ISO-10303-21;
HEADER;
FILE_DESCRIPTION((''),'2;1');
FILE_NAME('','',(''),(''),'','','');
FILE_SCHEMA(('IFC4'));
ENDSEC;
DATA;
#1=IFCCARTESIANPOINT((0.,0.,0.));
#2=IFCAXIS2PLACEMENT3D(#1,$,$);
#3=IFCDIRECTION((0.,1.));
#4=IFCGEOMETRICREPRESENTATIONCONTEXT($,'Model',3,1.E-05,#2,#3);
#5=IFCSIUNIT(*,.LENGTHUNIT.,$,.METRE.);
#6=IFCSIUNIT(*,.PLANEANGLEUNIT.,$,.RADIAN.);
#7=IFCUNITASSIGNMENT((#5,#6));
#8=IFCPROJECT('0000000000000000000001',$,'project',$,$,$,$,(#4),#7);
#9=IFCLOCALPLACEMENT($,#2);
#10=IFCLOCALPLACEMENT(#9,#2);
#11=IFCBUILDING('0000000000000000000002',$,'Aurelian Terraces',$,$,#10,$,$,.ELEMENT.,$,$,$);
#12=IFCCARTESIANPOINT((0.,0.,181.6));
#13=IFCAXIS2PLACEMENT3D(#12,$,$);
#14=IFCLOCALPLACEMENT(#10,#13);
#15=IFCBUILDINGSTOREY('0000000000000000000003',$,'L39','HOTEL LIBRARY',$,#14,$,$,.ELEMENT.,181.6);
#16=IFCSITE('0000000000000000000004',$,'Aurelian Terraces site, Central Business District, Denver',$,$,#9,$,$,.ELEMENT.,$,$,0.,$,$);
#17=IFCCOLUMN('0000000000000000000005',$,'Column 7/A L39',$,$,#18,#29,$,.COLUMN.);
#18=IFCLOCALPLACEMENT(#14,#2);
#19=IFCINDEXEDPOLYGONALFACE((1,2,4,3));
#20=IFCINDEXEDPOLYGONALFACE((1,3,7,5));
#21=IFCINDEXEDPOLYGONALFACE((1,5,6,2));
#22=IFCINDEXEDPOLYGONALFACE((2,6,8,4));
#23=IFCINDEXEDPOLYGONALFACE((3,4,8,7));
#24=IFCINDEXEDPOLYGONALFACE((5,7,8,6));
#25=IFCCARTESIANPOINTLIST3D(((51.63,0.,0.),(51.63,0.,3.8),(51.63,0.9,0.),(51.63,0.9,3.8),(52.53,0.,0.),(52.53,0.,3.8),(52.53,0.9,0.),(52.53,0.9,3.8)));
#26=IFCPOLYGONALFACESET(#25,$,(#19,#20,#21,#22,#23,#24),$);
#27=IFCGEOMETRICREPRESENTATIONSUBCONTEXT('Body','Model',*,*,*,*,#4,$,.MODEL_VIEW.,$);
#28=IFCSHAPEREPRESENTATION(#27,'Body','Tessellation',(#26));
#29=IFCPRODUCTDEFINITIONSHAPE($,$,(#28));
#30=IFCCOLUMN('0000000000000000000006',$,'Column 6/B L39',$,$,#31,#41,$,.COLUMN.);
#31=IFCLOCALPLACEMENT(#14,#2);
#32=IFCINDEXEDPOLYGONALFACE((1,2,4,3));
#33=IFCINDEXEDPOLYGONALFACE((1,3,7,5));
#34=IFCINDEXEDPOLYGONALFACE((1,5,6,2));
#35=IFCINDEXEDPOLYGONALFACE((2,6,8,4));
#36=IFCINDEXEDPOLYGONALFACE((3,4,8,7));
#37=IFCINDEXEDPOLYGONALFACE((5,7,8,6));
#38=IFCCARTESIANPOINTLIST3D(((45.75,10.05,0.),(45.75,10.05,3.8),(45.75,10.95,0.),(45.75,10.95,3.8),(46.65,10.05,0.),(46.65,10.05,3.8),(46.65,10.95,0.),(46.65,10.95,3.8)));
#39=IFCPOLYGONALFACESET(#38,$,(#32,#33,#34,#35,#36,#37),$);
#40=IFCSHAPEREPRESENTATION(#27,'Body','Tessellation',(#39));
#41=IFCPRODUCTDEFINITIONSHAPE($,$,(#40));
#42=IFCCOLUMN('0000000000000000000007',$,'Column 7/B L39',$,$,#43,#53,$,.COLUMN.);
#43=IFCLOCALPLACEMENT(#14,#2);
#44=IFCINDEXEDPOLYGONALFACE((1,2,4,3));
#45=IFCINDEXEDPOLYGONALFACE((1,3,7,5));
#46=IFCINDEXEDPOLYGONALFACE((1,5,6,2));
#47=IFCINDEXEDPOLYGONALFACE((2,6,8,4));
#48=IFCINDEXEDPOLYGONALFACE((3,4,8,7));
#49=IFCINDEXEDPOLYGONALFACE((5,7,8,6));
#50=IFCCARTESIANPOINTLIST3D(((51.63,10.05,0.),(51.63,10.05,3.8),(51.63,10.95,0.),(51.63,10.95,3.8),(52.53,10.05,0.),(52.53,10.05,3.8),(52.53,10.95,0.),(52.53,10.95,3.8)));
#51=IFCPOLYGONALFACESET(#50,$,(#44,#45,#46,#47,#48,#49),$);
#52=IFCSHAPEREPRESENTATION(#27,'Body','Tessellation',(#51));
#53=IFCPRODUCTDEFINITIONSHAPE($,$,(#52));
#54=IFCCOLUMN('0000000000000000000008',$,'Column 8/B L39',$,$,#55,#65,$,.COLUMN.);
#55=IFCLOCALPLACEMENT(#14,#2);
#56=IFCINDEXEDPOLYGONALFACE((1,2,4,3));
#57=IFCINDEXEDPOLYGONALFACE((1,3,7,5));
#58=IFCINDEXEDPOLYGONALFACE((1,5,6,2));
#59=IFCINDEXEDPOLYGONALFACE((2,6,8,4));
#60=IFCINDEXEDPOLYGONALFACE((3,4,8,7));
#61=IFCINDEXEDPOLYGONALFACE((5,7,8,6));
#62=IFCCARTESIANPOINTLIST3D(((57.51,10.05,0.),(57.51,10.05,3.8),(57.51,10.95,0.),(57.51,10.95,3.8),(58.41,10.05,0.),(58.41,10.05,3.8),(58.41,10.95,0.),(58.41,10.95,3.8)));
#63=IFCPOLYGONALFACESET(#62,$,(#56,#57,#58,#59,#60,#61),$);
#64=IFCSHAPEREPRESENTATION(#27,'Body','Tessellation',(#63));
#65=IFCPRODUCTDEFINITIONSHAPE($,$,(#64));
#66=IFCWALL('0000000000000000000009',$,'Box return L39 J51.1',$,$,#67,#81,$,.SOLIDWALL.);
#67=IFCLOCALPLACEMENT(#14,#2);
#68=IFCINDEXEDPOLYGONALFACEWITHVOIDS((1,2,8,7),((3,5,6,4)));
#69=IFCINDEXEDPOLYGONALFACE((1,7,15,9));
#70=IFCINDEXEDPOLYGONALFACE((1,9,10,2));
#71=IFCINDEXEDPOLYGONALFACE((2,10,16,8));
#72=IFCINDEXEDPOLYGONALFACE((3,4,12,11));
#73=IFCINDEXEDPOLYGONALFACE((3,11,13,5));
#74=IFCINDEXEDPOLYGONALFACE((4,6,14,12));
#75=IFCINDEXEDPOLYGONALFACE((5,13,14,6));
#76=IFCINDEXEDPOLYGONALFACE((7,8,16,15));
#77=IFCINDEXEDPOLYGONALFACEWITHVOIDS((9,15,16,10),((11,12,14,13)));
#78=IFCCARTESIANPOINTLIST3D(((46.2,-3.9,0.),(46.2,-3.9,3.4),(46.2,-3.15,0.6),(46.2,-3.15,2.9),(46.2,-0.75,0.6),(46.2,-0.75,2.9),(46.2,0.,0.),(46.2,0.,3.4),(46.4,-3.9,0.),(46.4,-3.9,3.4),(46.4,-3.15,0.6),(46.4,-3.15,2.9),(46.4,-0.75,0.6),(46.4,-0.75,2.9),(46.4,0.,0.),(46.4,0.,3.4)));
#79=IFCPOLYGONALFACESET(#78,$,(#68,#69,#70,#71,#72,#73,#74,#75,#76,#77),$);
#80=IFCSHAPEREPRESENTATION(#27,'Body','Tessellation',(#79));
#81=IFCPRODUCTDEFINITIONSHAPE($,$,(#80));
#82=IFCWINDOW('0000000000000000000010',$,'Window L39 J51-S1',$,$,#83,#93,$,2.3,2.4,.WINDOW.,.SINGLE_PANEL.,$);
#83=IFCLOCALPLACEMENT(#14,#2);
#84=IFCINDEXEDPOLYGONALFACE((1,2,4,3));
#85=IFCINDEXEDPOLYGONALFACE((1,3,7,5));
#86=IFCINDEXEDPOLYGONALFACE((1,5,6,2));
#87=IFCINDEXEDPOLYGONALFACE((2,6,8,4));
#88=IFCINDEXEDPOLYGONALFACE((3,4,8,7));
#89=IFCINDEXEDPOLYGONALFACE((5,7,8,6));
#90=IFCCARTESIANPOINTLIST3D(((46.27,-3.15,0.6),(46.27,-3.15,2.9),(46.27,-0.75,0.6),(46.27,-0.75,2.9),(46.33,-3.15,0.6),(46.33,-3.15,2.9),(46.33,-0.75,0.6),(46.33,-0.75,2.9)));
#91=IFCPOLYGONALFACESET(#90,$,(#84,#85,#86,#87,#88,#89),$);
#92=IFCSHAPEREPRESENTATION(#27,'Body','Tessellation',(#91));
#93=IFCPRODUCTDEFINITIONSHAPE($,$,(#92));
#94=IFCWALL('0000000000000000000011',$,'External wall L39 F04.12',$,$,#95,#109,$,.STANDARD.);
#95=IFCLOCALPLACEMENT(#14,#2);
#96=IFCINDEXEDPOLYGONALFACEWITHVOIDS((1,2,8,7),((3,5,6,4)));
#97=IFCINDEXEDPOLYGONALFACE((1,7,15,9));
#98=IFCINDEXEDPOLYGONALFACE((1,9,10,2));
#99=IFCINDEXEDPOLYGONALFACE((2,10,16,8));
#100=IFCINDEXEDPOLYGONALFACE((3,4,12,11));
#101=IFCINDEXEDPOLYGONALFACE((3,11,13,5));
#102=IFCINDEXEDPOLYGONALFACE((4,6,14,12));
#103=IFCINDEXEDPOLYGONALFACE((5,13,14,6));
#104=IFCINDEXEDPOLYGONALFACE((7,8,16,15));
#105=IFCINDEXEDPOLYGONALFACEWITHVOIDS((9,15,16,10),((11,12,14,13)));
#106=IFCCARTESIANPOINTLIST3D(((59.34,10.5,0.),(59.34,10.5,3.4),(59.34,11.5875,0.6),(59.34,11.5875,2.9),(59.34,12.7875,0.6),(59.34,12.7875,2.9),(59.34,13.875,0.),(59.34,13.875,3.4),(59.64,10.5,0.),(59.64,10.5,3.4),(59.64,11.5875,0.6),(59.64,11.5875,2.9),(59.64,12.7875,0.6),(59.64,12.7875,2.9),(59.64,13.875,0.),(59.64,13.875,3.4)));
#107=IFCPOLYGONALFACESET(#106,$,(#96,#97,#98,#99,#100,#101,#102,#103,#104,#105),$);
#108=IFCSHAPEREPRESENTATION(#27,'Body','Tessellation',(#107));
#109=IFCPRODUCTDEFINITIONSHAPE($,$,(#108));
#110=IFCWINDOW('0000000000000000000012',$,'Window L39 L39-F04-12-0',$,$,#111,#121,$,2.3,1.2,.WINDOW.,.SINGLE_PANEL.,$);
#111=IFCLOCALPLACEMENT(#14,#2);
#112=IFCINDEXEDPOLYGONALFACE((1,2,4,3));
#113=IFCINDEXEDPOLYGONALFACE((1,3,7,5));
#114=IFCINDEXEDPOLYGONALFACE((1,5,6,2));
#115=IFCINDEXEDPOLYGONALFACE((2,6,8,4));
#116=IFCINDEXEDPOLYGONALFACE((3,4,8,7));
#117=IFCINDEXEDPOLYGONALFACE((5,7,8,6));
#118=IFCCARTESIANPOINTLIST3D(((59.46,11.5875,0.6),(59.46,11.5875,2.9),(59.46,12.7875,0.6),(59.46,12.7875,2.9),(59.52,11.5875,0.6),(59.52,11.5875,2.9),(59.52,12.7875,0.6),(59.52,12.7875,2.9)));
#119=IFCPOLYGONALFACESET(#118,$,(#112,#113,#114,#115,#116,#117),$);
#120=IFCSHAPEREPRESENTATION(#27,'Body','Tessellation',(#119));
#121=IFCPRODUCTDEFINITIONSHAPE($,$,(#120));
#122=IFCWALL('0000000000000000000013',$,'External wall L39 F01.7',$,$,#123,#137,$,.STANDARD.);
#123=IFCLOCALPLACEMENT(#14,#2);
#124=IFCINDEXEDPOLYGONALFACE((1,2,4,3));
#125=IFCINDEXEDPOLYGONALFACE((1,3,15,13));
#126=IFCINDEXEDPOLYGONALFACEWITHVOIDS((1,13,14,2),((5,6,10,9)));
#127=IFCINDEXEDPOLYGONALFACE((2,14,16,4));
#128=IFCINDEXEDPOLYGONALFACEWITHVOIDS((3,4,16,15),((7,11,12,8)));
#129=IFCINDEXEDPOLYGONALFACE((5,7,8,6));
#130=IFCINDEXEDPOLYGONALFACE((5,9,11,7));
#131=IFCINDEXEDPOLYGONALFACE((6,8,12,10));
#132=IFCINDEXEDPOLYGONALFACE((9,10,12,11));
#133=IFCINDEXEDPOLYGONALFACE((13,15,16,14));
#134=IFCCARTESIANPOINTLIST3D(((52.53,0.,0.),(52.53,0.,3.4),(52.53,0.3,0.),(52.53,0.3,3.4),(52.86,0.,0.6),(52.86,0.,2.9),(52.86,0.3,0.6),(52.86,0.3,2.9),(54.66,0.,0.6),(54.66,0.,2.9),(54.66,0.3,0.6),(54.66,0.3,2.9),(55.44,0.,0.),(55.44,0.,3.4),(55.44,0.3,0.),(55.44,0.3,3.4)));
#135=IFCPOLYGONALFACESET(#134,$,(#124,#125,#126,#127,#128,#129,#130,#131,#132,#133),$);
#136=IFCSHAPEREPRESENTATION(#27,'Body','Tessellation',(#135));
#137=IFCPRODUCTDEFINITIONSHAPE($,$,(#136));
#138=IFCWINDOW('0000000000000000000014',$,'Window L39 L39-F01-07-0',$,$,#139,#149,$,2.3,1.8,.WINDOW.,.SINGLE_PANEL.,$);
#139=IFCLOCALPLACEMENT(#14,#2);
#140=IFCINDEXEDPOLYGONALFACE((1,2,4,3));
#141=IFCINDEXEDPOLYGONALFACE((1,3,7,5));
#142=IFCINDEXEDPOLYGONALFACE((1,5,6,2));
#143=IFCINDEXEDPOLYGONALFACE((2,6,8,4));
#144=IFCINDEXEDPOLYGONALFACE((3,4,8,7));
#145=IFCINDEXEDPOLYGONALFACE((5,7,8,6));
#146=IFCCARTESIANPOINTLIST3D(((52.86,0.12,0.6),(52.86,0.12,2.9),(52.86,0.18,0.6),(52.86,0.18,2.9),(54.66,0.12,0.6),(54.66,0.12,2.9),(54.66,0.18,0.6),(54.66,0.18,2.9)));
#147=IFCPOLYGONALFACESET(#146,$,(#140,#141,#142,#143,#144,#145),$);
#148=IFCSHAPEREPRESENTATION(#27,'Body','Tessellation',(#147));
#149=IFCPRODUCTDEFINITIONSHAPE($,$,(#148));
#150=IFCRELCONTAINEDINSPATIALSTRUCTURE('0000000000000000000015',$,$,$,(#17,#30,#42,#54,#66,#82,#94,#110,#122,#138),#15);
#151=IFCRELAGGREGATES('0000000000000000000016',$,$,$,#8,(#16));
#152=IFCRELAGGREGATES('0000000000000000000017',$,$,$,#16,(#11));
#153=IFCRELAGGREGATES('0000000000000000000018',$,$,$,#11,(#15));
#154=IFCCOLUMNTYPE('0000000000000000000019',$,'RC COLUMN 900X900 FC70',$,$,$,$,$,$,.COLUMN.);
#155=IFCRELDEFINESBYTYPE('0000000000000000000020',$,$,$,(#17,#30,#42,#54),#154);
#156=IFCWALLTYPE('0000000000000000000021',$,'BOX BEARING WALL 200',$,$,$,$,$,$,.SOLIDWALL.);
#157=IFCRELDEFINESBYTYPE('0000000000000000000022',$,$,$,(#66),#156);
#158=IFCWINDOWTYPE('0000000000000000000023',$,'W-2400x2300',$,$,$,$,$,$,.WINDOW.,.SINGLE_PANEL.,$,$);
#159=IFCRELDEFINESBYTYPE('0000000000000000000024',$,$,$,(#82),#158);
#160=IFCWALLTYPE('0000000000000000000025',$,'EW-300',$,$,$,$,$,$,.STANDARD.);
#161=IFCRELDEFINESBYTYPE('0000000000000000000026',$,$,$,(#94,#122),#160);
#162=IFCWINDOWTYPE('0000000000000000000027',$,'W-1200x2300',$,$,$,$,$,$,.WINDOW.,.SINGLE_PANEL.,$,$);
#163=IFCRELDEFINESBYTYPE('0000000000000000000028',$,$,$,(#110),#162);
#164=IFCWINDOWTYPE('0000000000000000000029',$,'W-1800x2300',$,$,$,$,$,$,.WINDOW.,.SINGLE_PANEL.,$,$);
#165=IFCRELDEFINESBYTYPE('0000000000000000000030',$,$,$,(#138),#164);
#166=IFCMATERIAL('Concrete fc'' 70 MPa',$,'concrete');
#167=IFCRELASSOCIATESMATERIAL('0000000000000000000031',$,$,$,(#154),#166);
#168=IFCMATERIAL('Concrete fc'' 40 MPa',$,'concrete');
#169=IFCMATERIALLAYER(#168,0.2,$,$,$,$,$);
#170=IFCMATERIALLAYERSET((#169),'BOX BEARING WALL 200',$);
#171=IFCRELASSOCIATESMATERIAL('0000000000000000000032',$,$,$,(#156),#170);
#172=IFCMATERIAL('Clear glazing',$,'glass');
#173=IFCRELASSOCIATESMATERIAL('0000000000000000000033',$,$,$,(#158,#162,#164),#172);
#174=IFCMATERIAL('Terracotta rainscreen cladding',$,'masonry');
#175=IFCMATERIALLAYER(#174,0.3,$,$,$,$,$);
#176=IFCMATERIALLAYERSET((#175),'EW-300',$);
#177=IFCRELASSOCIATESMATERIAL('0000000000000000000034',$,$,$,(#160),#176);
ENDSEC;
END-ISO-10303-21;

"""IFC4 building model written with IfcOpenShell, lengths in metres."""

from ifc_helpers import new_model, si_unit, direction, frame, frame_2d, origin, origin_2d, place, context, subcontext, project, spatial, rectangle, extrude, source, transform, mapped, material, layer, layer_set, material_profile, profile_set, type_object, element, fill, save


model = new_model("IFC4")

# Units and contexts
model_context = context("Model", 3, precision=1e-05, world=origin(), true_north=direction((0.0, 1.0)))
body_context = subcontext(model_context, "Body", "Model", "MODEL_VIEW")
ifc_project = project(units=[si_unit("LENGTHUNIT", "METRE"), si_unit("PLANEANGLEUNIT", "RADIAN")], contexts=[model_context])

# Site, building, storey
site_placement = place(None, origin())
site = spatial("IfcSite", under=ifc_project, at=site_placement, Name="Aurelian Terraces site, Central Business District, Denver", CompositionType="ELEMENT", RefElevation=0.0)
building_placement = place(site_placement, origin())
building = spatial("IfcBuilding", under=site, at=building_placement, Name="Aurelian Terraces", CompositionType="ELEMENT")
storey_placement = place(building_placement, frame((0.0, 0.0, 181.6)))
storey = spatial("IfcBuildingStorey", under=building, at=storey_placement, Name="L39", Description="HOTEL LIBRARY", CompositionType="ELEMENT", Elevation=181.6)

# Columns
ifc_material_1 = material(Name="Concrete fc' 70 MPa", Category="concrete")
ifc_material_profile = material_profile(ifc_material_1, rectangle(XDim=0.9, YDim=0.9, at=origin_2d()))
ifc_profile_set = profile_set([ifc_material_profile], Name="Concrete fc' 70 MPa")
column_type = type_object("IfcColumnType", Name="RC COLUMN 900X900 FC70", PredefinedType="COLUMN", material=ifc_profile_set)
shared_shape_1 = source(origin(), body_context, "Body", "SweptSolid", [
    extrude(rectangle(XDim=0.9, YDim=0.9, at=origin_2d()), origin(), (0.0, 0.0, 1.0), 3.8),
])
for number, where, z_axis, x_axis, name in (
    (1, (52.08, 0.45, 0.0), (0.0, 0.0, 1.0), (1.0, 0.0, 0.0), "Column 7/A L39"),
    (2, (46.2, 10.5, 0.0), (0.0, 0.0, 1.0), (1.0, 0.0, 0.0), "Column 6/B L39"),
    (3, (52.08, 10.5, 0.0), (0.0, 0.0, 1.0), (1.0, 0.0, 0.0), "Column 7/B L39"),
    (4, (57.96, 10.5, 0.0), (0.0, 0.0, 1.0), (1.0, 0.0, 0.0), "Column 8/B L39"),
):
    element("IfcColumn", number, at=place(storey_placement, frame(where, z_axis=z_axis, x_axis=x_axis)), inside=storey, type_object=column_type, Name=name, PredefinedType="COLUMN", context=body_context, shape_type="MappedRepresentation", body=[
        mapped(shared_shape_1, transform((0.0, 0.0, 0.0), scale=1.0)),
    ])

# Walls, openings, windows
ifc_material_2 = material(Name="Concrete fc' 40 MPa", Category="concrete")
ifc_layer_1 = layer(ifc_material_2, 0.2)
ifc_layer_set_1 = layer_set([ifc_layer_1], Name="BOX BEARING WALL 200")
wall_type_1 = type_object("IfcWallType", Name="BOX BEARING WALL 200", PredefinedType="SOLIDWALL", material=ifc_layer_set_1)
wall_1_placement = place(storey_placement, frame((46.3, 0.0, 0.0), z_axis=(0.0, 0.0, 1.0), x_axis=(0.0, -1.0, 0.0)))
wall_1 = element("IfcWall", 5, at=wall_1_placement, inside=storey, type_object=wall_type_1, Name="Box return L39 J51.1", PredefinedType="SOLIDWALL", context=body_context, shape_type="SweptSolid", body=[
    extrude(rectangle(XDim=3.9, YDim=0.2, at=frame_2d((1.95, 0.0))), origin(), (0.0, 0.0, 1.0), 3.4),
])
shared_shape_2 = source(origin(), body_context, "Body", "SweptSolid", [
    extrude(rectangle(XDim=2.4, YDim=2.3, at=frame_2d((1.2, 1.15))), frame((0.0, 0.11, 0.0), z_axis=(0.0, -1.0, 0.0), x_axis=(1.0, 0.0, 0.0)), (0.0, 0.0, 1.0), 0.22),
])
opening_1_placement = place(wall_1_placement, frame((0.75, 0.0, 0.6)))
opening_1 = element("IfcOpeningElement", 6, at=opening_1_placement, cuts=wall_1, PredefinedType="OPENING", context=body_context, shape_type="MappedRepresentation", body=[
    mapped(shared_shape_2, transform((0.0, 0.0, 0.0), scale=1.0)),
])
ifc_material_3 = material(Name="Clear glazing", Category="glass")
window_type_1 = type_object("IfcWindowType", Name="W-2400x2300", PartitioningType="SINGLE_PANEL", PredefinedType="WINDOW", material=ifc_material_3)
shared_shape_3 = source(origin(), body_context, "Body", "SweptSolid", [
    extrude(rectangle(XDim=2.4, YDim=2.3, at=frame_2d((1.2, 1.15))), frame((0.0, 0.03, 0.0), z_axis=(0.0, -1.0, 0.0), x_axis=(1.0, 0.0, 0.0)), (0.0, 0.0, 1.0), 0.06),
])
window_1_placement = place(opening_1_placement, origin())
window_1 = element("IfcWindow", 7, at=window_1_placement, inside=storey, type_object=window_type_1, Name="Window L39 J51-S1", OverallHeight=2.3, OverallWidth=2.4, PartitioningType="SINGLE_PANEL", PredefinedType="WINDOW", context=body_context, shape_type="MappedRepresentation", body=[
    mapped(shared_shape_3, transform((0.0, 0.0, 0.0), scale=1.0)),
])
fill(opening_1, window_1)
ifc_material_4 = material(Name="Terracotta rainscreen cladding", Category="masonry")
ifc_layer_2 = layer(ifc_material_4, 0.3)
ifc_layer_set_2 = layer_set([ifc_layer_2], Name="EW-300")
wall_type_2 = type_object("IfcWallType", Name="EW-300", PredefinedType="STANDARD", material=ifc_layer_set_2)
wall_2_placement = place(storey_placement, frame((59.49, 10.5, 0.0), z_axis=(0.0, 0.0, 1.0), x_axis=(0.0, 1.0, 0.0)))
wall_2 = element("IfcWall", 8, at=wall_2_placement, inside=storey, type_object=wall_type_2, Name="External wall L39 F04.12", PredefinedType="STANDARD", context=body_context, shape_type="SweptSolid", body=[
    extrude(rectangle(XDim=3.375, YDim=0.3, at=frame_2d((1.6875, 0.0))), origin(), (0.0, 0.0, 1.0), 3.4),
])
shared_shape_4 = source(origin(), body_context, "Body", "SweptSolid", [
    extrude(rectangle(XDim=1.2, YDim=2.3, at=frame_2d((0.6, 1.15))), frame((0.0, 0.16, 0.0), z_axis=(0.0, -1.0, 0.0), x_axis=(1.0, 0.0, 0.0)), (0.0, 0.0, 1.0), 0.32),
])
opening_2_placement = place(wall_2_placement, frame((1.0875, 0.0, 0.6)))
opening_2 = element("IfcOpeningElement", 9, at=opening_2_placement, cuts=wall_2, PredefinedType="OPENING", context=body_context, shape_type="MappedRepresentation", body=[
    mapped(shared_shape_4, transform((0.0, 0.0, 0.0), scale=1.0)),
])
window_type_2 = type_object("IfcWindowType", Name="W-1200x2300", PartitioningType="SINGLE_PANEL", PredefinedType="WINDOW", material=ifc_material_3)
shared_shape_5 = source(origin(), body_context, "Body", "SweptSolid", [
    extrude(rectangle(XDim=1.2, YDim=2.3, at=frame_2d((0.6, 1.15))), frame((0.0, 0.03, 0.0), z_axis=(0.0, -1.0, 0.0), x_axis=(1.0, 0.0, 0.0)), (0.0, 0.0, 1.0), 0.06),
])
window_2_placement = place(opening_2_placement, origin())
window_2 = element("IfcWindow", 10, at=window_2_placement, inside=storey, type_object=window_type_2, Name="Window L39 L39-F04-12-0", OverallHeight=2.3, OverallWidth=1.2, PartitioningType="SINGLE_PANEL", PredefinedType="WINDOW", context=body_context, shape_type="MappedRepresentation", body=[
    mapped(shared_shape_5, transform((0.0, 0.0, 0.0), scale=1.0)),
])
fill(opening_2, window_2)
shared_shape_6 = source(origin(), body_context, "Body", "SweptSolid", [
    extrude(rectangle(XDim=2.91, YDim=0.3, at=frame_2d((1.455, 0.0))), origin(), (0.0, 0.0, 1.0), 3.4),
])
wall_3_placement = place(storey_placement, frame((52.53, 0.15, 0.0), z_axis=(0.0, 0.0, 1.0), x_axis=(1.0, 0.0, 0.0)))
wall_3 = element("IfcWall", 11, at=wall_3_placement, inside=storey, type_object=wall_type_2, Name="External wall L39 F01.7", PredefinedType="STANDARD", context=body_context, shape_type="MappedRepresentation", body=[
    mapped(shared_shape_6, transform((0.0, 0.0, 0.0), scale=1.0)),
])
shared_shape_7 = source(origin(), body_context, "Body", "SweptSolid", [
    extrude(rectangle(XDim=1.8, YDim=2.3, at=frame_2d((0.9, 1.15))), frame((0.0, 0.16, 0.0), z_axis=(0.0, -1.0, 0.0), x_axis=(1.0, 0.0, 0.0)), (0.0, 0.0, 1.0), 0.32),
])
opening_3_placement = place(wall_3_placement, frame((0.33, 0.0, 0.6)))
opening_3 = element("IfcOpeningElement", 12, at=opening_3_placement, cuts=wall_3, PredefinedType="OPENING", context=body_context, shape_type="MappedRepresentation", body=[
    mapped(shared_shape_7, transform((0.0, 0.0, 0.0), scale=1.0)),
])
window_type_3 = type_object("IfcWindowType", Name="W-1800x2300", PartitioningType="SINGLE_PANEL", PredefinedType="WINDOW", material=ifc_material_3)
shared_shape_8 = source(origin(), body_context, "Body", "SweptSolid", [
    extrude(rectangle(XDim=1.8, YDim=2.3, at=frame_2d((0.9, 1.15))), frame((0.0, 0.03, 0.0), z_axis=(0.0, -1.0, 0.0), x_axis=(1.0, 0.0, 0.0)), (0.0, 0.0, 1.0), 0.06),
])
window_3_placement = place(opening_3_placement, origin())
window_3 = element("IfcWindow", 13, at=window_3_placement, inside=storey, type_object=window_type_3, Name="Window L39 L39-F01-07-0", OverallHeight=2.3, OverallWidth=1.8, PartitioningType="SINGLE_PANEL", PredefinedType="WINDOW", context=body_context, shape_type="MappedRepresentation", body=[
    mapped(shared_shape_8, transform((0.0, 0.0, 0.0), scale=1.0)),
])
fill(opening_3, window_3)

save(model, "model.ifc")
